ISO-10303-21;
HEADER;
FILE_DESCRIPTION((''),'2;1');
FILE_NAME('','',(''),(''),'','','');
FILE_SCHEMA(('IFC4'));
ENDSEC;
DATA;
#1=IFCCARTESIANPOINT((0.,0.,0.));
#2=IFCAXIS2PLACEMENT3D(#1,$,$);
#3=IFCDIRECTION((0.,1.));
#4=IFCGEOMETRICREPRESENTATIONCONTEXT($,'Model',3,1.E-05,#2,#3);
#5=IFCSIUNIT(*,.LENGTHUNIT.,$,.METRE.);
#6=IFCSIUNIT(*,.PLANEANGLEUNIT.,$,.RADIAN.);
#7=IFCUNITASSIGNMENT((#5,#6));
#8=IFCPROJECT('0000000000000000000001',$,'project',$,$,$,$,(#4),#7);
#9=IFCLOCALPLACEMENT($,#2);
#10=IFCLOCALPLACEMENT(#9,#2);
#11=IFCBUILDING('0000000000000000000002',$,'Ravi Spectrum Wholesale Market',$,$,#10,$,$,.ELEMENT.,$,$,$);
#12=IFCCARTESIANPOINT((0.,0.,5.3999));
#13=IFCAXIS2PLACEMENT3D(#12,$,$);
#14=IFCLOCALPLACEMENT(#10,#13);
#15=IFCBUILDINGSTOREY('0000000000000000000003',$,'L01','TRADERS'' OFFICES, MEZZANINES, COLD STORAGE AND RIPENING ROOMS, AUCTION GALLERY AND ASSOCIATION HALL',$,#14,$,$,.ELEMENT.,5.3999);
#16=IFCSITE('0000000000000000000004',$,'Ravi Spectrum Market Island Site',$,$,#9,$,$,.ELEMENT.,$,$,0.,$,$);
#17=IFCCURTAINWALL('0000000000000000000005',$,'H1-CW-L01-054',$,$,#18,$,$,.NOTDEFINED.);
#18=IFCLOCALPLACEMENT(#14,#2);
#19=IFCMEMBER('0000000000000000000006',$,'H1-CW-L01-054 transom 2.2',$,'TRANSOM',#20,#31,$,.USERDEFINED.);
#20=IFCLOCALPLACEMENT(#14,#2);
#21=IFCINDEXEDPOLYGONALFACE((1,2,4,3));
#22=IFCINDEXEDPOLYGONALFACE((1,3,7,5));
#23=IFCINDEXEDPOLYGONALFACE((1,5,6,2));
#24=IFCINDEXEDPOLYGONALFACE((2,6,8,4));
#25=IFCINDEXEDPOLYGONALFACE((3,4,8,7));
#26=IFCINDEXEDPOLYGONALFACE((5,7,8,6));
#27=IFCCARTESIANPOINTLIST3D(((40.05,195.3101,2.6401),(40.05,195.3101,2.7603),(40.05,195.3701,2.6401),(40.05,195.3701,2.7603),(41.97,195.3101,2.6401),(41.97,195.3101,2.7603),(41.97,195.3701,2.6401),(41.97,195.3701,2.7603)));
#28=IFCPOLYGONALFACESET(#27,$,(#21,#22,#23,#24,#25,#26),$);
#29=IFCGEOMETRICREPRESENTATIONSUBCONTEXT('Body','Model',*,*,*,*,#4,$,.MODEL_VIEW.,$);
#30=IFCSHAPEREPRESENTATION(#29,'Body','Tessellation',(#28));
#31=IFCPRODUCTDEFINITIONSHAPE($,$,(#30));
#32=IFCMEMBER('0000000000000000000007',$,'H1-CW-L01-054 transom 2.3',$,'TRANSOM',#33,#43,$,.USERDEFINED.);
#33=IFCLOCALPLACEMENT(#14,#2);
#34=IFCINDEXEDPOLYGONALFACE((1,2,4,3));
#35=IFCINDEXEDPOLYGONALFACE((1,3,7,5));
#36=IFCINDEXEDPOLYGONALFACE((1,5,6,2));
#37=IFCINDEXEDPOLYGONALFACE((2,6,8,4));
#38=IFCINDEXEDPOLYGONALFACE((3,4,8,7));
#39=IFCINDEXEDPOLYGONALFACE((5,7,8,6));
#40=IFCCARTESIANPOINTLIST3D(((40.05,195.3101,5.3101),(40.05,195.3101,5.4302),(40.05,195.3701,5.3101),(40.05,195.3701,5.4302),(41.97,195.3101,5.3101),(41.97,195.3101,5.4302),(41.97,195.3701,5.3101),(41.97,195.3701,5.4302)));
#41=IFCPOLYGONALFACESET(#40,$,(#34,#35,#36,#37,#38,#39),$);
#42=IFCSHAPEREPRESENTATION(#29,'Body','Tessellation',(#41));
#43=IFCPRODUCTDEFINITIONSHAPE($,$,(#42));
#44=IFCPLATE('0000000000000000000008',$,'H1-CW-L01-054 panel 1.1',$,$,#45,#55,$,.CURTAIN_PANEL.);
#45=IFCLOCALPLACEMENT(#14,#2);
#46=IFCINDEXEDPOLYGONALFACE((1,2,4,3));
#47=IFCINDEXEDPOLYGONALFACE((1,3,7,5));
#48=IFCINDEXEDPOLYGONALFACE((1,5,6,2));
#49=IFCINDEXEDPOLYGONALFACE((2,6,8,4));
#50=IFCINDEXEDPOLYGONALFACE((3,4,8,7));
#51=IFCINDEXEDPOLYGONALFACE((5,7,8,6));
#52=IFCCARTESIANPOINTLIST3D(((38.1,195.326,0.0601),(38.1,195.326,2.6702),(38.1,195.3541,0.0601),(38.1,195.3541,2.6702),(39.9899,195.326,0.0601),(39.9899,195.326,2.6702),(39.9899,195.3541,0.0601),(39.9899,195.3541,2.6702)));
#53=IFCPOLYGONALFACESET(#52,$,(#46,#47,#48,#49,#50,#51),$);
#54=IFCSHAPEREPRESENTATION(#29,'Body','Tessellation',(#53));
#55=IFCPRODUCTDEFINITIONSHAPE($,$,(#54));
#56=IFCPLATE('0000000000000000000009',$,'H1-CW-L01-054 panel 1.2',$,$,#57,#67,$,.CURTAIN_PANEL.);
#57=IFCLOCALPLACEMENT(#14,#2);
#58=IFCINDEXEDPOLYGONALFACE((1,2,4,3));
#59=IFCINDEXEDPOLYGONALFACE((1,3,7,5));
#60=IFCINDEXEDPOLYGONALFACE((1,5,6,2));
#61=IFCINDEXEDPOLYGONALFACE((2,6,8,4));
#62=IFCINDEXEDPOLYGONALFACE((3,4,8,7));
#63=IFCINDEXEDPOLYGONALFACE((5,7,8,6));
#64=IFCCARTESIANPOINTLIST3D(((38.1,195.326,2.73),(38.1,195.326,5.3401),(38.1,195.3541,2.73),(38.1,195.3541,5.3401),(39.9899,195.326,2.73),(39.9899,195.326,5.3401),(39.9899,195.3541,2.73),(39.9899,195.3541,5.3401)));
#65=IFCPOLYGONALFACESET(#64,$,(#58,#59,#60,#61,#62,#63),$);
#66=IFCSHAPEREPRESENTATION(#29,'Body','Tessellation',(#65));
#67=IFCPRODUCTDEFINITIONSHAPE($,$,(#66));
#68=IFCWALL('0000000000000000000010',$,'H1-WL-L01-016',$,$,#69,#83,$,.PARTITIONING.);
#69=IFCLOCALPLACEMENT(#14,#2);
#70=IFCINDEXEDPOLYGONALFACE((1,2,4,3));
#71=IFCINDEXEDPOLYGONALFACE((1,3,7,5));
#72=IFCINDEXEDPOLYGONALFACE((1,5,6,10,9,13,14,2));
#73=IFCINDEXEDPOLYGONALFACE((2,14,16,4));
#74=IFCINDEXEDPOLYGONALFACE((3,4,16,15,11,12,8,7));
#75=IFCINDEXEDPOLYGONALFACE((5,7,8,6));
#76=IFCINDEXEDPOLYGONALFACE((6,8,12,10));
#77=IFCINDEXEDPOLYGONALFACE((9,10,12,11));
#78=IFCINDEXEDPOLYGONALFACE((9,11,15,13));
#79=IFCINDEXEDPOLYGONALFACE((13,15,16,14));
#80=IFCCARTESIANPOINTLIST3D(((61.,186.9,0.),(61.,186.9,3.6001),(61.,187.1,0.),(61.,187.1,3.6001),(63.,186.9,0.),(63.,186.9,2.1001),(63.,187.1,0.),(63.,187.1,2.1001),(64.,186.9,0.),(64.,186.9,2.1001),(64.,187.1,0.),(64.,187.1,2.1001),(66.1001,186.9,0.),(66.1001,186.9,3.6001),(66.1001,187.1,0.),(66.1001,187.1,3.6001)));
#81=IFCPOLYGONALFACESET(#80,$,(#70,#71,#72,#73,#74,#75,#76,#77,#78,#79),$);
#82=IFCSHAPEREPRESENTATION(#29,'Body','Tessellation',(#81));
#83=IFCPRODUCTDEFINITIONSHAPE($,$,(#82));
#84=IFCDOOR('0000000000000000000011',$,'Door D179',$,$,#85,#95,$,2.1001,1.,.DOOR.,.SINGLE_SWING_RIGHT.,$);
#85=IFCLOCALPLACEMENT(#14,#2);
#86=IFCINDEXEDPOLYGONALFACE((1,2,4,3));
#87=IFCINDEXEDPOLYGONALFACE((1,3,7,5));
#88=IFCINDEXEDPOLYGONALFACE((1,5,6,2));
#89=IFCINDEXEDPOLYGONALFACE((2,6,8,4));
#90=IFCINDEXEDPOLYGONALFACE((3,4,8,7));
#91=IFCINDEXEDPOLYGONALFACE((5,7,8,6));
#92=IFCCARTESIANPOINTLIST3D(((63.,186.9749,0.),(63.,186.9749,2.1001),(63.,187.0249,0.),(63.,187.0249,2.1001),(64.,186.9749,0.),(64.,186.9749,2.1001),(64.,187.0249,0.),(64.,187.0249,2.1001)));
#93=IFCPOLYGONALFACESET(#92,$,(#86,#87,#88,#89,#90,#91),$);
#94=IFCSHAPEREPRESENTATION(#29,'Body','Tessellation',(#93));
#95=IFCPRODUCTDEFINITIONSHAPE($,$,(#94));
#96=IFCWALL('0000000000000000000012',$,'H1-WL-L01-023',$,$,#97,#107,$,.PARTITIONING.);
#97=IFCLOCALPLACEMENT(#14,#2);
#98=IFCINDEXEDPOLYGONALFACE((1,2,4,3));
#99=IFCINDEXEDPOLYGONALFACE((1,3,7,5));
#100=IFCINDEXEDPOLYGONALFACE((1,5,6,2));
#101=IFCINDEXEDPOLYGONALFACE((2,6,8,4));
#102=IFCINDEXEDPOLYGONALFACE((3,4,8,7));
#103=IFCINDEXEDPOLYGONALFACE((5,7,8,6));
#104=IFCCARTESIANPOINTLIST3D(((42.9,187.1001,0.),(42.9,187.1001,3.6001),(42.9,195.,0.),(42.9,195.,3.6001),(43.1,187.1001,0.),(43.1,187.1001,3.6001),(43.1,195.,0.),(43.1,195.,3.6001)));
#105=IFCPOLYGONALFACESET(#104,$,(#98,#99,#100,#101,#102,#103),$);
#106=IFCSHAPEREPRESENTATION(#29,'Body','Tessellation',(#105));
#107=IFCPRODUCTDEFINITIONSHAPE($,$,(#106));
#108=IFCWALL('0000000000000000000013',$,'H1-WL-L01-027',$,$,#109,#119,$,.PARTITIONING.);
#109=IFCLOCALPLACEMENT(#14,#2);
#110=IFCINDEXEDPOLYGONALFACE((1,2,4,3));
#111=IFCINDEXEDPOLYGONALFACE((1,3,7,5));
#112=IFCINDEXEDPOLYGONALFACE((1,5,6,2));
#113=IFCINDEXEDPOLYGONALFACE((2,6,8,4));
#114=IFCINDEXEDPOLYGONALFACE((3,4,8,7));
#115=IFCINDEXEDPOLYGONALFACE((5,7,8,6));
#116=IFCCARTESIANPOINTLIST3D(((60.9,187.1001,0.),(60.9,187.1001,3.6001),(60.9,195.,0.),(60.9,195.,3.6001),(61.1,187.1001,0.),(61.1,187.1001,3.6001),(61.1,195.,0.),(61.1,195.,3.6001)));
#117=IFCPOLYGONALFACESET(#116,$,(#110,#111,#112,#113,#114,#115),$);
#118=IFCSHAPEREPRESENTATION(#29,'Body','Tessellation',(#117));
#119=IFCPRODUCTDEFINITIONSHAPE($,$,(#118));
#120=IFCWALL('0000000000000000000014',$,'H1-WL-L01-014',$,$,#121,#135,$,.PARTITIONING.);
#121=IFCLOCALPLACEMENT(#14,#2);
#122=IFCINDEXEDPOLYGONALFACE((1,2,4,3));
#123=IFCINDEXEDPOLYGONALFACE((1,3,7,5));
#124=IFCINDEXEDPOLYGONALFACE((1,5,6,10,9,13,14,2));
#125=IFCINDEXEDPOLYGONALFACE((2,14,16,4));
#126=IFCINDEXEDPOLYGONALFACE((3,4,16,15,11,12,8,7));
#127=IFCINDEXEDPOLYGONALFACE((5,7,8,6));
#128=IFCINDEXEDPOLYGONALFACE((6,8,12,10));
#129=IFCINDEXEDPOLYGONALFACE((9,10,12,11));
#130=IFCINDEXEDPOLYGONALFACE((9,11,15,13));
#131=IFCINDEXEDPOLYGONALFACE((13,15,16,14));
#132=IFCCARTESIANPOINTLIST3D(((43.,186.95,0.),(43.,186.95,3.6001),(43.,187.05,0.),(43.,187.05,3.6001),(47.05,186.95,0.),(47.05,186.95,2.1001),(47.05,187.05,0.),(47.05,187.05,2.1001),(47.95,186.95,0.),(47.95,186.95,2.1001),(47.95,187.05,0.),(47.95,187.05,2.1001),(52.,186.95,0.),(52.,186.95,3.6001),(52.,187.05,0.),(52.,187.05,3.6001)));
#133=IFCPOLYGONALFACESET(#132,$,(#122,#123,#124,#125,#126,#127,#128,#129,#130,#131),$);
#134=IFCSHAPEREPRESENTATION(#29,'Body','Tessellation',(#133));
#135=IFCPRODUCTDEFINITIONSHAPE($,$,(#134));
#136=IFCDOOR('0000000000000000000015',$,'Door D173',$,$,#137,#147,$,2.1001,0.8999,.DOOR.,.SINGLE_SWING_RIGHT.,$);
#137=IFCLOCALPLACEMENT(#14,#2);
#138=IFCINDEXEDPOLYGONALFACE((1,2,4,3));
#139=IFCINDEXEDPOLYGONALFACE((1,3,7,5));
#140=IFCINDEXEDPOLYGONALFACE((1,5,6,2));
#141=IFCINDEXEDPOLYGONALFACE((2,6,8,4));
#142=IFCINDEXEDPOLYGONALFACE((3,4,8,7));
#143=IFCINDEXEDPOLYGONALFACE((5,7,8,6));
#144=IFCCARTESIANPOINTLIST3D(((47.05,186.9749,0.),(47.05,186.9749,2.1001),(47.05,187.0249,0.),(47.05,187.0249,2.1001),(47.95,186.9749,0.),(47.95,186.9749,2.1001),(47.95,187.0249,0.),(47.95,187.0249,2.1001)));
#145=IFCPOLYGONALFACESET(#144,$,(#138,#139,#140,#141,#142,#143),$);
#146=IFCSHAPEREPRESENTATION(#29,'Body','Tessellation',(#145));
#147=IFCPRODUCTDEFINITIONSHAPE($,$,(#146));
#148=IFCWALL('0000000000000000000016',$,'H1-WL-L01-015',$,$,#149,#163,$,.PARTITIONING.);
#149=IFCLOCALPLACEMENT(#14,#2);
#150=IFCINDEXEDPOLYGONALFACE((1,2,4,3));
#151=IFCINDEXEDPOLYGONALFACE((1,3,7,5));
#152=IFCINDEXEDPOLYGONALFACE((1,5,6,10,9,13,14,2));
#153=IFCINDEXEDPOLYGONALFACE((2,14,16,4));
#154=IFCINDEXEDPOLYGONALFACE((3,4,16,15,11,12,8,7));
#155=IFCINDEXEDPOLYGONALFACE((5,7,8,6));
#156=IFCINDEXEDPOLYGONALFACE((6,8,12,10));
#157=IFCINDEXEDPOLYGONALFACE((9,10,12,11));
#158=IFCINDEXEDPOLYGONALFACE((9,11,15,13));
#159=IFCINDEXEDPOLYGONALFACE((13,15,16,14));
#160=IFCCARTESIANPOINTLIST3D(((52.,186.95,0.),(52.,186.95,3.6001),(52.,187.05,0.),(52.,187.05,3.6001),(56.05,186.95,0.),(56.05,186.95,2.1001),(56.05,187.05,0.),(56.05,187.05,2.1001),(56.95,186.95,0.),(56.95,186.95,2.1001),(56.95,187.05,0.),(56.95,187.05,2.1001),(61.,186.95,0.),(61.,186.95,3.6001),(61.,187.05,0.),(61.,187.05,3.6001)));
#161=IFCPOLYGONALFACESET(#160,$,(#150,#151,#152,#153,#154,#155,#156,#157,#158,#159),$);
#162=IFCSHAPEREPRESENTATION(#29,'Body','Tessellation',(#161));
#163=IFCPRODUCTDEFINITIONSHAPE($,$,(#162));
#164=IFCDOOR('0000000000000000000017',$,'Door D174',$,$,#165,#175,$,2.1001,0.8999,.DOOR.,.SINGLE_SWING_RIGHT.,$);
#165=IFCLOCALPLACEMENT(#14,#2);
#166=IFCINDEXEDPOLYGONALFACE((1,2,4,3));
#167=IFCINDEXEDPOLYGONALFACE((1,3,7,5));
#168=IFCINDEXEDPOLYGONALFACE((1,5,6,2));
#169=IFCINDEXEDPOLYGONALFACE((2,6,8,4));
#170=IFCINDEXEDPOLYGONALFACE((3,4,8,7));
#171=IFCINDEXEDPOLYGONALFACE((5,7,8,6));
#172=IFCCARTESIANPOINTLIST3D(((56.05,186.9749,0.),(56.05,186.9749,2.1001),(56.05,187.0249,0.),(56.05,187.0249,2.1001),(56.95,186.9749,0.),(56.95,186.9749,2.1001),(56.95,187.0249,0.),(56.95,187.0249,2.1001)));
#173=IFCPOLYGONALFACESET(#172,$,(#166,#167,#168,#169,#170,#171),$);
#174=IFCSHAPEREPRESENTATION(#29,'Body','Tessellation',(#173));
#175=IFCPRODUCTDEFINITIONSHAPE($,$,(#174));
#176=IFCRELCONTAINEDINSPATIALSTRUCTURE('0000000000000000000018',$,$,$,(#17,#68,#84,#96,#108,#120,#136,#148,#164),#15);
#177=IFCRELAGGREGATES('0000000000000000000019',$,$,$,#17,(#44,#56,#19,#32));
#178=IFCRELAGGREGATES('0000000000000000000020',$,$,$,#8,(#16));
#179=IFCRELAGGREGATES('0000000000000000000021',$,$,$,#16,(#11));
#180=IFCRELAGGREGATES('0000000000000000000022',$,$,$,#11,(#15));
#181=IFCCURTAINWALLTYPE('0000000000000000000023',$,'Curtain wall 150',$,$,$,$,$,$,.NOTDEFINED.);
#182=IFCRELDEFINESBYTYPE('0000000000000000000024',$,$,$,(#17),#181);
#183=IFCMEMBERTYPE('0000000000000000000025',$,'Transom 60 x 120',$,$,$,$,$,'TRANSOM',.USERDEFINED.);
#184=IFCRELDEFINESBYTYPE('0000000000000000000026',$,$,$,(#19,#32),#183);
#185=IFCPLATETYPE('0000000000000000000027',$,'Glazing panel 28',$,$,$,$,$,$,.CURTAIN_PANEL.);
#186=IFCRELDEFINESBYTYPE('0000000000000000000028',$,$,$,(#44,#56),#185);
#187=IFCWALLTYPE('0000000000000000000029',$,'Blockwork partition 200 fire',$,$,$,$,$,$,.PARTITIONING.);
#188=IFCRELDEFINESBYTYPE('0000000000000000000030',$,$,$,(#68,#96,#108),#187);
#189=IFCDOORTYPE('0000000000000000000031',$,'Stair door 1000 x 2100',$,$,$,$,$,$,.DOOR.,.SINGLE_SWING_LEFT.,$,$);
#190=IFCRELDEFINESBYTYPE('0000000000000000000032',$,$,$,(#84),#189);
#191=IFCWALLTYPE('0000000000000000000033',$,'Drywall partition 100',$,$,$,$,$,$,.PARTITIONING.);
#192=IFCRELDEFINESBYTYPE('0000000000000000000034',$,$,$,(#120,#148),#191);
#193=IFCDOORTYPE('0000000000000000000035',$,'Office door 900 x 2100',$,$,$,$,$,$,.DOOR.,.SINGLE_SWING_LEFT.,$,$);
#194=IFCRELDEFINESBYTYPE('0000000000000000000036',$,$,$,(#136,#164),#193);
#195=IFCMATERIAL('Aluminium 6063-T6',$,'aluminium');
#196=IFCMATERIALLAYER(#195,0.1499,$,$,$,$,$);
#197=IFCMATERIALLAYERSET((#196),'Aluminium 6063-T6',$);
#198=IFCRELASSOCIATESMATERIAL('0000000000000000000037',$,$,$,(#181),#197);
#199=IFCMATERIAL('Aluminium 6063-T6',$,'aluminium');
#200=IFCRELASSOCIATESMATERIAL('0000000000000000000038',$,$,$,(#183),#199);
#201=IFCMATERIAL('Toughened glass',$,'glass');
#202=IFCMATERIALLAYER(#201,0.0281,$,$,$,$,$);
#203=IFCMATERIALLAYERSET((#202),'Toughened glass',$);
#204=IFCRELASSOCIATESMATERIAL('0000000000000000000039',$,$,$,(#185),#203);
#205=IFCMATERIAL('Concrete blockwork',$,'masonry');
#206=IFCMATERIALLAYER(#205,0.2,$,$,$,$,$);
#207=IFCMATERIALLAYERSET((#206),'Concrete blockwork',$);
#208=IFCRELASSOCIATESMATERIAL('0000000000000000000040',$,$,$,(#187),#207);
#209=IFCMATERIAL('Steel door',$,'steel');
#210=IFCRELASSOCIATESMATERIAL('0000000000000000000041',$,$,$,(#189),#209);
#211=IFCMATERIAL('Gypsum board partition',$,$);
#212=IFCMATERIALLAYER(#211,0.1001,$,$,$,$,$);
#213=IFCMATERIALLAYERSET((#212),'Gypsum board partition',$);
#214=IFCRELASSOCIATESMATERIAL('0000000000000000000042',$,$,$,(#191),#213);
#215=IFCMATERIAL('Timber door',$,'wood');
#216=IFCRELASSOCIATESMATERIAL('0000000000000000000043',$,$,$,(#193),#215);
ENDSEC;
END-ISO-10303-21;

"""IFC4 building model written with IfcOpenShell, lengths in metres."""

from ifc_helpers import new_model, si_unit, direction, frame, frame_2d, origin, origin_2d, place, context, subcontext, project, spatial, rectangle, extrude, material, layer, layer_set, material_profile, profile_set, type_object, element, fill, aggregate, save


model = new_model("IFC4")

# Units and contexts
model_context = context("Model", 3, precision=1e-05, world=origin(), true_north=direction((0.0, 1.0)))
body_context = subcontext(model_context, "Body", "Model", "MODEL_VIEW")
ifc_project = project(units=[si_unit("LENGTHUNIT", "METRE"), si_unit("PLANEANGLEUNIT", "RADIAN")], contexts=[model_context])

# Site, building, storey
site_placement = place(None, origin())
site = spatial("IfcSite", under=ifc_project, at=site_placement, Name="Ravi Spectrum Market Island Site", CompositionType="ELEMENT", RefElevation=0.0)
building_placement = place(site_placement, origin())
building = spatial("IfcBuilding", under=site, at=building_placement, Name="Ravi Spectrum Wholesale Market", CompositionType="ELEMENT")
storey_placement = place(building_placement, frame((0.0, 0.0, 5.3999)))
storey = spatial("IfcBuildingStorey", under=building, at=storey_placement, Name="L01", Description="TRADERS' OFFICES, MEZZANINES, COLD STORAGE AND RIPENING ROOMS, AUCTION GALLERY AND ASSOCIATION HALL", CompositionType="ELEMENT", Elevation=5.3999)

# Curtain wall, members, plates
ifc_material_1 = material(Name="Aluminium 6063-T6", Category="aluminium")
ifc_layer_1 = layer(ifc_material_1, 0.1499)
ifc_layer_set_1 = layer_set([ifc_layer_1], Name="Aluminium 6063-T6")
curtain_wall_type = type_object("IfcCurtainWallType", Name="Curtain wall 150", PredefinedType="NOTDEFINED", material=ifc_layer_set_1)
curtain_wall_placement = place(storey_placement, origin())
curtain_wall = element("IfcCurtainWall", 1, at=curtain_wall_placement, inside=storey, type_object=curtain_wall_type, Name="H1-CW-L01-054", PredefinedType="NOTDEFINED")
ifc_material_2 = material(Name="Aluminium 6063-T6", Category="aluminium")
ifc_material_profile_1 = material_profile(ifc_material_2, rectangle(XDim=0.0601, YDim=0.1201, at=origin_2d()))
ifc_profile_set_1 = profile_set([ifc_material_profile_1], Name="Aluminium 6063-T6")
member_type_1 = type_object("IfcMemberType", Name="Transom 60 x 120", ElementType="TRANSOM", PredefinedType="USERDEFINED", material=ifc_profile_set_1)
member_1_placement = place(storey_placement, frame((40.05, 195.3401, 2.7002), z_axis=(1.0, 0.0, 0.0), x_axis=(0.0, 1.0, 0.0)))
member_1 = element("IfcMember", 2, at=member_1_placement, type_object=member_type_1, Name="H1-CW-L01-054 transom 2.2", ObjectType="TRANSOM", PredefinedType="USERDEFINED", context=body_context, shape_type="SweptSolid", body=[
    extrude(rectangle(XDim=0.0601, YDim=0.1201, at=origin_2d()), origin(), (0.0, 0.0, 1.0), 1.9199),
])
member_2_placement = place(storey_placement, frame((40.05, 195.3401, 5.3701), z_axis=(1.0, 0.0, 0.0), x_axis=(0.0, 1.0, 0.0)))
member_2 = element("IfcMember", 3, at=member_2_placement, type_object=member_type_1, Name="H1-CW-L01-054 transom 2.3", ObjectType="TRANSOM", PredefinedType="USERDEFINED", context=body_context, shape_type="SweptSolid", body=[
    extrude(rectangle(XDim=0.0601, YDim=0.1201, at=origin_2d()), origin(), (0.0, 0.0, 1.0), 1.9199),
])
ifc_material_3 = material(Name="Toughened glass", Category="glass")
ifc_layer_2 = layer(ifc_material_3, 0.0281)
ifc_layer_set_2 = layer_set([ifc_layer_2], Name="Toughened glass")
plate_type = type_object("IfcPlateType", Name="Glazing panel 28", PredefinedType="CURTAIN_PANEL", material=ifc_layer_set_2)
plate_1_placement = place(storey_placement, frame((39.0449, 195.3401, 0.0601), z_axis=(0.0, 0.0, 1.0), x_axis=(1.0, 0.0, 0.0)))
plate_1 = element("IfcPlate", 4, at=plate_1_placement, type_object=plate_type, Name="H1-CW-L01-054 panel 1.1", PredefinedType="CURTAIN_PANEL", context=body_context, shape_type="SweptSolid", body=[
    extrude(rectangle(XDim=1.8899, YDim=0.0281, at=origin_2d()), origin(), (0.0, 0.0, 1.0), 2.6101),
])
plate_2_placement = place(storey_placement, frame((39.0449, 195.3401, 2.73), z_axis=(0.0, 0.0, 1.0), x_axis=(1.0, 0.0, 0.0)))
plate_2 = element("IfcPlate", 5, at=plate_2_placement, type_object=plate_type, Name="H1-CW-L01-054 panel 1.2", PredefinedType="CURTAIN_PANEL", context=body_context, shape_type="SweptSolid", body=[
    extrude(rectangle(XDim=1.8899, YDim=0.0281, at=origin_2d()), origin(), (0.0, 0.0, 1.0), 2.6101),
])
aggregate(curtain_wall, [plate_1, plate_2, member_1, member_2])

# Wall, opening, door
ifc_material_4 = material(Name="Concrete blockwork", Category="masonry")
ifc_layer_3 = layer(ifc_material_4, 0.2)
ifc_layer_set_3 = layer_set([ifc_layer_3], Name="Concrete blockwork")
wall_type_1 = type_object("IfcWallType", Name="Blockwork partition 200 fire", PredefinedType="PARTITIONING", material=ifc_layer_set_3)
wall_1_placement = place(storey_placement, frame((61.0, 187.0, 0.0), z_axis=(0.0, 0.0, 1.0), x_axis=(1.0, 0.0, 0.0)))
wall_1 = element("IfcWall", 6, at=wall_1_placement, inside=storey, type_object=wall_type_1, Name="H1-WL-L01-016", PredefinedType="PARTITIONING", context=body_context, shape_type="SweptSolid", body=[
    extrude(rectangle(XDim=5.1001, YDim=0.2, at=frame_2d((2.55, 0.0))), origin(), (0.0, 0.0, 1.0), 3.6001),
])
opening_1_placement = place(wall_1_placement, frame((2.0, 0.0, 0.0)))
opening_1 = element("IfcOpeningElement", 7, at=opening_1_placement, cuts=wall_1, PredefinedType="OPENING", context=body_context, shape_type="SweptSolid", body=[
    extrude(rectangle(XDim=1.0, YDim=2.1001, at=frame_2d((0.5, 1.05))), frame((0.0, 0.1099, 0.0), z_axis=(0.0, -1.0, 0.0), x_axis=(1.0, 0.0, 0.0)), (0.0, 0.0, 1.0), 0.22),
])
ifc_material_5 = material(Name="Steel door", Category="steel")
door_type_1 = type_object("IfcDoorType", Name="Stair door 1000 x 2100", OperationType="SINGLE_SWING_LEFT", PredefinedType="DOOR", material=ifc_material_5)
door_1_placement = place(opening_1_placement, origin())
door_1 = element("IfcDoor", 8, at=door_1_placement, inside=storey, type_object=door_type_1, Name="Door D179", OperationType="SINGLE_SWING_RIGHT", OverallHeight=2.1001, OverallWidth=1.0, PredefinedType="DOOR", context=body_context, shape_type="SweptSolid", body=[
    extrude(rectangle(XDim=1.0, YDim=2.1001, at=frame_2d((0.5, 1.05))), frame((0.0, 0.0249, 0.0), z_axis=(0.0, -1.0, 0.0), x_axis=(1.0, 0.0, 0.0)), (0.0, 0.0, 1.0), 0.05),
])
fill(opening_1, door_1)

# Walls
for number, where, z_axis, x_axis, name in (
    (9, (43.0, 187.1001, 0.0), (0.0, 0.0, 1.0), (0.0, 1.0, 0.0), "H1-WL-L01-023"),
    (10, (61.0, 187.1001, 0.0), (0.0, 0.0, 1.0), (0.0, 1.0, 0.0), "H1-WL-L01-027"),
):
    element("IfcWall", number, at=place(storey_placement, frame(where, z_axis=z_axis, x_axis=x_axis)), inside=storey, type_object=wall_type_1, Name=name, PredefinedType="PARTITIONING", context=body_context, shape_type="SweptSolid", body=[
        extrude(rectangle(XDim=7.8999, YDim=0.2, at=frame_2d((3.95, 0.0))), origin(), (0.0, 0.0, 1.0), 3.6001),
    ])

# Walls, openings, doors
ifc_material_6 = material(Name="Gypsum board partition")
ifc_layer_4 = layer(ifc_material_6, 0.1001)
ifc_layer_set_4 = layer_set([ifc_layer_4], Name="Gypsum board partition")
wall_type_2 = type_object("IfcWallType", Name="Drywall partition 100", PredefinedType="PARTITIONING", material=ifc_layer_set_4)
wall_2_placement = place(storey_placement, frame((43.0, 187.0, 0.0), z_axis=(0.0, 0.0, 1.0), x_axis=(1.0, 0.0, 0.0)))
wall_2 = element("IfcWall", 11, at=wall_2_placement, inside=storey, type_object=wall_type_2, Name="H1-WL-L01-014", PredefinedType="PARTITIONING", context=body_context, shape_type="SweptSolid", body=[
    extrude(rectangle(XDim=9.0, YDim=0.1001, at=frame_2d((4.5, 0.0))), origin(), (0.0, 0.0, 1.0), 3.6001),
])
opening_2_placement = place(wall_2_placement, frame((4.05, 0.0, 0.0)))
opening_2 = element("IfcOpeningElement", 12, at=opening_2_placement, cuts=wall_2, PredefinedType="OPENING", context=body_context, shape_type="SweptSolid", body=[
    extrude(rectangle(XDim=0.8999, YDim=2.1001, at=frame_2d((0.45, 1.05))), frame((0.0, 0.0601, 0.0), z_axis=(0.0, -1.0, 0.0), x_axis=(1.0, 0.0, 0.0)), (0.0, 0.0, 1.0), 0.1201),
])
ifc_material_7 = material(Name="Timber door", Category="wood")
door_type_2 = type_object("IfcDoorType", Name="Office door 900 x 2100", OperationType="SINGLE_SWING_LEFT", PredefinedType="DOOR", material=ifc_material_7)
door_2_placement = place(opening_2_placement, origin())
door_2 = element("IfcDoor", 13, at=door_2_placement, inside=storey, type_object=door_type_2, Name="Door D173", OperationType="SINGLE_SWING_RIGHT", OverallHeight=2.1001, OverallWidth=0.8999, PredefinedType="DOOR", context=body_context, shape_type="SweptSolid", body=[
    extrude(rectangle(XDim=0.8999, YDim=2.1001, at=frame_2d((0.45, 1.05))), frame((0.0, 0.0249, 0.0), z_axis=(0.0, -1.0, 0.0), x_axis=(1.0, 0.0, 0.0)), (0.0, 0.0, 1.0), 0.05),
])
fill(opening_2, door_2)
wall_3_placement = place(storey_placement, frame((52.0, 187.0, 0.0), z_axis=(0.0, 0.0, 1.0), x_axis=(1.0, 0.0, 0.0)))
wall_3 = element("IfcWall", 14, at=wall_3_placement, inside=storey, type_object=wall_type_2, Name="H1-WL-L01-015", PredefinedType="PARTITIONING", context=body_context, shape_type="SweptSolid", body=[
    extrude(rectangle(XDim=9.0, YDim=0.1001, at=frame_2d((4.5, 0.0))), origin(), (0.0, 0.0, 1.0), 3.6001),
])
opening_3_placement = place(wall_3_placement, frame((4.05, 0.0, 0.0)))
opening_3 = element("IfcOpeningElement", 15, at=opening_3_placement, cuts=wall_3, PredefinedType="OPENING", context=body_context, shape_type="SweptSolid", body=[
    extrude(rectangle(XDim=0.8999, YDim=2.1001, at=frame_2d((0.45, 1.05))), frame((0.0, 0.0601, 0.0), z_axis=(0.0, -1.0, 0.0), x_axis=(1.0, 0.0, 0.0)), (0.0, 0.0, 1.0), 0.1201),
])
door_3_placement = place(opening_3_placement, origin())
door_3 = element("IfcDoor", 16, at=door_3_placement, inside=storey, type_object=door_type_2, Name="Door D174", OperationType="SINGLE_SWING_RIGHT", OverallHeight=2.1001, OverallWidth=0.8999, PredefinedType="DOOR", context=body_context, shape_type="SweptSolid", body=[
    extrude(rectangle(XDim=0.8999, YDim=2.1001, at=frame_2d((0.45, 1.05))), frame((0.0, 0.0249, 0.0), z_axis=(0.0, -1.0, 0.0), x_axis=(1.0, 0.0, 0.0)), (0.0, 0.0, 1.0), 0.05),
])
fill(opening_3, door_3)

save(model, "model.ifc")
